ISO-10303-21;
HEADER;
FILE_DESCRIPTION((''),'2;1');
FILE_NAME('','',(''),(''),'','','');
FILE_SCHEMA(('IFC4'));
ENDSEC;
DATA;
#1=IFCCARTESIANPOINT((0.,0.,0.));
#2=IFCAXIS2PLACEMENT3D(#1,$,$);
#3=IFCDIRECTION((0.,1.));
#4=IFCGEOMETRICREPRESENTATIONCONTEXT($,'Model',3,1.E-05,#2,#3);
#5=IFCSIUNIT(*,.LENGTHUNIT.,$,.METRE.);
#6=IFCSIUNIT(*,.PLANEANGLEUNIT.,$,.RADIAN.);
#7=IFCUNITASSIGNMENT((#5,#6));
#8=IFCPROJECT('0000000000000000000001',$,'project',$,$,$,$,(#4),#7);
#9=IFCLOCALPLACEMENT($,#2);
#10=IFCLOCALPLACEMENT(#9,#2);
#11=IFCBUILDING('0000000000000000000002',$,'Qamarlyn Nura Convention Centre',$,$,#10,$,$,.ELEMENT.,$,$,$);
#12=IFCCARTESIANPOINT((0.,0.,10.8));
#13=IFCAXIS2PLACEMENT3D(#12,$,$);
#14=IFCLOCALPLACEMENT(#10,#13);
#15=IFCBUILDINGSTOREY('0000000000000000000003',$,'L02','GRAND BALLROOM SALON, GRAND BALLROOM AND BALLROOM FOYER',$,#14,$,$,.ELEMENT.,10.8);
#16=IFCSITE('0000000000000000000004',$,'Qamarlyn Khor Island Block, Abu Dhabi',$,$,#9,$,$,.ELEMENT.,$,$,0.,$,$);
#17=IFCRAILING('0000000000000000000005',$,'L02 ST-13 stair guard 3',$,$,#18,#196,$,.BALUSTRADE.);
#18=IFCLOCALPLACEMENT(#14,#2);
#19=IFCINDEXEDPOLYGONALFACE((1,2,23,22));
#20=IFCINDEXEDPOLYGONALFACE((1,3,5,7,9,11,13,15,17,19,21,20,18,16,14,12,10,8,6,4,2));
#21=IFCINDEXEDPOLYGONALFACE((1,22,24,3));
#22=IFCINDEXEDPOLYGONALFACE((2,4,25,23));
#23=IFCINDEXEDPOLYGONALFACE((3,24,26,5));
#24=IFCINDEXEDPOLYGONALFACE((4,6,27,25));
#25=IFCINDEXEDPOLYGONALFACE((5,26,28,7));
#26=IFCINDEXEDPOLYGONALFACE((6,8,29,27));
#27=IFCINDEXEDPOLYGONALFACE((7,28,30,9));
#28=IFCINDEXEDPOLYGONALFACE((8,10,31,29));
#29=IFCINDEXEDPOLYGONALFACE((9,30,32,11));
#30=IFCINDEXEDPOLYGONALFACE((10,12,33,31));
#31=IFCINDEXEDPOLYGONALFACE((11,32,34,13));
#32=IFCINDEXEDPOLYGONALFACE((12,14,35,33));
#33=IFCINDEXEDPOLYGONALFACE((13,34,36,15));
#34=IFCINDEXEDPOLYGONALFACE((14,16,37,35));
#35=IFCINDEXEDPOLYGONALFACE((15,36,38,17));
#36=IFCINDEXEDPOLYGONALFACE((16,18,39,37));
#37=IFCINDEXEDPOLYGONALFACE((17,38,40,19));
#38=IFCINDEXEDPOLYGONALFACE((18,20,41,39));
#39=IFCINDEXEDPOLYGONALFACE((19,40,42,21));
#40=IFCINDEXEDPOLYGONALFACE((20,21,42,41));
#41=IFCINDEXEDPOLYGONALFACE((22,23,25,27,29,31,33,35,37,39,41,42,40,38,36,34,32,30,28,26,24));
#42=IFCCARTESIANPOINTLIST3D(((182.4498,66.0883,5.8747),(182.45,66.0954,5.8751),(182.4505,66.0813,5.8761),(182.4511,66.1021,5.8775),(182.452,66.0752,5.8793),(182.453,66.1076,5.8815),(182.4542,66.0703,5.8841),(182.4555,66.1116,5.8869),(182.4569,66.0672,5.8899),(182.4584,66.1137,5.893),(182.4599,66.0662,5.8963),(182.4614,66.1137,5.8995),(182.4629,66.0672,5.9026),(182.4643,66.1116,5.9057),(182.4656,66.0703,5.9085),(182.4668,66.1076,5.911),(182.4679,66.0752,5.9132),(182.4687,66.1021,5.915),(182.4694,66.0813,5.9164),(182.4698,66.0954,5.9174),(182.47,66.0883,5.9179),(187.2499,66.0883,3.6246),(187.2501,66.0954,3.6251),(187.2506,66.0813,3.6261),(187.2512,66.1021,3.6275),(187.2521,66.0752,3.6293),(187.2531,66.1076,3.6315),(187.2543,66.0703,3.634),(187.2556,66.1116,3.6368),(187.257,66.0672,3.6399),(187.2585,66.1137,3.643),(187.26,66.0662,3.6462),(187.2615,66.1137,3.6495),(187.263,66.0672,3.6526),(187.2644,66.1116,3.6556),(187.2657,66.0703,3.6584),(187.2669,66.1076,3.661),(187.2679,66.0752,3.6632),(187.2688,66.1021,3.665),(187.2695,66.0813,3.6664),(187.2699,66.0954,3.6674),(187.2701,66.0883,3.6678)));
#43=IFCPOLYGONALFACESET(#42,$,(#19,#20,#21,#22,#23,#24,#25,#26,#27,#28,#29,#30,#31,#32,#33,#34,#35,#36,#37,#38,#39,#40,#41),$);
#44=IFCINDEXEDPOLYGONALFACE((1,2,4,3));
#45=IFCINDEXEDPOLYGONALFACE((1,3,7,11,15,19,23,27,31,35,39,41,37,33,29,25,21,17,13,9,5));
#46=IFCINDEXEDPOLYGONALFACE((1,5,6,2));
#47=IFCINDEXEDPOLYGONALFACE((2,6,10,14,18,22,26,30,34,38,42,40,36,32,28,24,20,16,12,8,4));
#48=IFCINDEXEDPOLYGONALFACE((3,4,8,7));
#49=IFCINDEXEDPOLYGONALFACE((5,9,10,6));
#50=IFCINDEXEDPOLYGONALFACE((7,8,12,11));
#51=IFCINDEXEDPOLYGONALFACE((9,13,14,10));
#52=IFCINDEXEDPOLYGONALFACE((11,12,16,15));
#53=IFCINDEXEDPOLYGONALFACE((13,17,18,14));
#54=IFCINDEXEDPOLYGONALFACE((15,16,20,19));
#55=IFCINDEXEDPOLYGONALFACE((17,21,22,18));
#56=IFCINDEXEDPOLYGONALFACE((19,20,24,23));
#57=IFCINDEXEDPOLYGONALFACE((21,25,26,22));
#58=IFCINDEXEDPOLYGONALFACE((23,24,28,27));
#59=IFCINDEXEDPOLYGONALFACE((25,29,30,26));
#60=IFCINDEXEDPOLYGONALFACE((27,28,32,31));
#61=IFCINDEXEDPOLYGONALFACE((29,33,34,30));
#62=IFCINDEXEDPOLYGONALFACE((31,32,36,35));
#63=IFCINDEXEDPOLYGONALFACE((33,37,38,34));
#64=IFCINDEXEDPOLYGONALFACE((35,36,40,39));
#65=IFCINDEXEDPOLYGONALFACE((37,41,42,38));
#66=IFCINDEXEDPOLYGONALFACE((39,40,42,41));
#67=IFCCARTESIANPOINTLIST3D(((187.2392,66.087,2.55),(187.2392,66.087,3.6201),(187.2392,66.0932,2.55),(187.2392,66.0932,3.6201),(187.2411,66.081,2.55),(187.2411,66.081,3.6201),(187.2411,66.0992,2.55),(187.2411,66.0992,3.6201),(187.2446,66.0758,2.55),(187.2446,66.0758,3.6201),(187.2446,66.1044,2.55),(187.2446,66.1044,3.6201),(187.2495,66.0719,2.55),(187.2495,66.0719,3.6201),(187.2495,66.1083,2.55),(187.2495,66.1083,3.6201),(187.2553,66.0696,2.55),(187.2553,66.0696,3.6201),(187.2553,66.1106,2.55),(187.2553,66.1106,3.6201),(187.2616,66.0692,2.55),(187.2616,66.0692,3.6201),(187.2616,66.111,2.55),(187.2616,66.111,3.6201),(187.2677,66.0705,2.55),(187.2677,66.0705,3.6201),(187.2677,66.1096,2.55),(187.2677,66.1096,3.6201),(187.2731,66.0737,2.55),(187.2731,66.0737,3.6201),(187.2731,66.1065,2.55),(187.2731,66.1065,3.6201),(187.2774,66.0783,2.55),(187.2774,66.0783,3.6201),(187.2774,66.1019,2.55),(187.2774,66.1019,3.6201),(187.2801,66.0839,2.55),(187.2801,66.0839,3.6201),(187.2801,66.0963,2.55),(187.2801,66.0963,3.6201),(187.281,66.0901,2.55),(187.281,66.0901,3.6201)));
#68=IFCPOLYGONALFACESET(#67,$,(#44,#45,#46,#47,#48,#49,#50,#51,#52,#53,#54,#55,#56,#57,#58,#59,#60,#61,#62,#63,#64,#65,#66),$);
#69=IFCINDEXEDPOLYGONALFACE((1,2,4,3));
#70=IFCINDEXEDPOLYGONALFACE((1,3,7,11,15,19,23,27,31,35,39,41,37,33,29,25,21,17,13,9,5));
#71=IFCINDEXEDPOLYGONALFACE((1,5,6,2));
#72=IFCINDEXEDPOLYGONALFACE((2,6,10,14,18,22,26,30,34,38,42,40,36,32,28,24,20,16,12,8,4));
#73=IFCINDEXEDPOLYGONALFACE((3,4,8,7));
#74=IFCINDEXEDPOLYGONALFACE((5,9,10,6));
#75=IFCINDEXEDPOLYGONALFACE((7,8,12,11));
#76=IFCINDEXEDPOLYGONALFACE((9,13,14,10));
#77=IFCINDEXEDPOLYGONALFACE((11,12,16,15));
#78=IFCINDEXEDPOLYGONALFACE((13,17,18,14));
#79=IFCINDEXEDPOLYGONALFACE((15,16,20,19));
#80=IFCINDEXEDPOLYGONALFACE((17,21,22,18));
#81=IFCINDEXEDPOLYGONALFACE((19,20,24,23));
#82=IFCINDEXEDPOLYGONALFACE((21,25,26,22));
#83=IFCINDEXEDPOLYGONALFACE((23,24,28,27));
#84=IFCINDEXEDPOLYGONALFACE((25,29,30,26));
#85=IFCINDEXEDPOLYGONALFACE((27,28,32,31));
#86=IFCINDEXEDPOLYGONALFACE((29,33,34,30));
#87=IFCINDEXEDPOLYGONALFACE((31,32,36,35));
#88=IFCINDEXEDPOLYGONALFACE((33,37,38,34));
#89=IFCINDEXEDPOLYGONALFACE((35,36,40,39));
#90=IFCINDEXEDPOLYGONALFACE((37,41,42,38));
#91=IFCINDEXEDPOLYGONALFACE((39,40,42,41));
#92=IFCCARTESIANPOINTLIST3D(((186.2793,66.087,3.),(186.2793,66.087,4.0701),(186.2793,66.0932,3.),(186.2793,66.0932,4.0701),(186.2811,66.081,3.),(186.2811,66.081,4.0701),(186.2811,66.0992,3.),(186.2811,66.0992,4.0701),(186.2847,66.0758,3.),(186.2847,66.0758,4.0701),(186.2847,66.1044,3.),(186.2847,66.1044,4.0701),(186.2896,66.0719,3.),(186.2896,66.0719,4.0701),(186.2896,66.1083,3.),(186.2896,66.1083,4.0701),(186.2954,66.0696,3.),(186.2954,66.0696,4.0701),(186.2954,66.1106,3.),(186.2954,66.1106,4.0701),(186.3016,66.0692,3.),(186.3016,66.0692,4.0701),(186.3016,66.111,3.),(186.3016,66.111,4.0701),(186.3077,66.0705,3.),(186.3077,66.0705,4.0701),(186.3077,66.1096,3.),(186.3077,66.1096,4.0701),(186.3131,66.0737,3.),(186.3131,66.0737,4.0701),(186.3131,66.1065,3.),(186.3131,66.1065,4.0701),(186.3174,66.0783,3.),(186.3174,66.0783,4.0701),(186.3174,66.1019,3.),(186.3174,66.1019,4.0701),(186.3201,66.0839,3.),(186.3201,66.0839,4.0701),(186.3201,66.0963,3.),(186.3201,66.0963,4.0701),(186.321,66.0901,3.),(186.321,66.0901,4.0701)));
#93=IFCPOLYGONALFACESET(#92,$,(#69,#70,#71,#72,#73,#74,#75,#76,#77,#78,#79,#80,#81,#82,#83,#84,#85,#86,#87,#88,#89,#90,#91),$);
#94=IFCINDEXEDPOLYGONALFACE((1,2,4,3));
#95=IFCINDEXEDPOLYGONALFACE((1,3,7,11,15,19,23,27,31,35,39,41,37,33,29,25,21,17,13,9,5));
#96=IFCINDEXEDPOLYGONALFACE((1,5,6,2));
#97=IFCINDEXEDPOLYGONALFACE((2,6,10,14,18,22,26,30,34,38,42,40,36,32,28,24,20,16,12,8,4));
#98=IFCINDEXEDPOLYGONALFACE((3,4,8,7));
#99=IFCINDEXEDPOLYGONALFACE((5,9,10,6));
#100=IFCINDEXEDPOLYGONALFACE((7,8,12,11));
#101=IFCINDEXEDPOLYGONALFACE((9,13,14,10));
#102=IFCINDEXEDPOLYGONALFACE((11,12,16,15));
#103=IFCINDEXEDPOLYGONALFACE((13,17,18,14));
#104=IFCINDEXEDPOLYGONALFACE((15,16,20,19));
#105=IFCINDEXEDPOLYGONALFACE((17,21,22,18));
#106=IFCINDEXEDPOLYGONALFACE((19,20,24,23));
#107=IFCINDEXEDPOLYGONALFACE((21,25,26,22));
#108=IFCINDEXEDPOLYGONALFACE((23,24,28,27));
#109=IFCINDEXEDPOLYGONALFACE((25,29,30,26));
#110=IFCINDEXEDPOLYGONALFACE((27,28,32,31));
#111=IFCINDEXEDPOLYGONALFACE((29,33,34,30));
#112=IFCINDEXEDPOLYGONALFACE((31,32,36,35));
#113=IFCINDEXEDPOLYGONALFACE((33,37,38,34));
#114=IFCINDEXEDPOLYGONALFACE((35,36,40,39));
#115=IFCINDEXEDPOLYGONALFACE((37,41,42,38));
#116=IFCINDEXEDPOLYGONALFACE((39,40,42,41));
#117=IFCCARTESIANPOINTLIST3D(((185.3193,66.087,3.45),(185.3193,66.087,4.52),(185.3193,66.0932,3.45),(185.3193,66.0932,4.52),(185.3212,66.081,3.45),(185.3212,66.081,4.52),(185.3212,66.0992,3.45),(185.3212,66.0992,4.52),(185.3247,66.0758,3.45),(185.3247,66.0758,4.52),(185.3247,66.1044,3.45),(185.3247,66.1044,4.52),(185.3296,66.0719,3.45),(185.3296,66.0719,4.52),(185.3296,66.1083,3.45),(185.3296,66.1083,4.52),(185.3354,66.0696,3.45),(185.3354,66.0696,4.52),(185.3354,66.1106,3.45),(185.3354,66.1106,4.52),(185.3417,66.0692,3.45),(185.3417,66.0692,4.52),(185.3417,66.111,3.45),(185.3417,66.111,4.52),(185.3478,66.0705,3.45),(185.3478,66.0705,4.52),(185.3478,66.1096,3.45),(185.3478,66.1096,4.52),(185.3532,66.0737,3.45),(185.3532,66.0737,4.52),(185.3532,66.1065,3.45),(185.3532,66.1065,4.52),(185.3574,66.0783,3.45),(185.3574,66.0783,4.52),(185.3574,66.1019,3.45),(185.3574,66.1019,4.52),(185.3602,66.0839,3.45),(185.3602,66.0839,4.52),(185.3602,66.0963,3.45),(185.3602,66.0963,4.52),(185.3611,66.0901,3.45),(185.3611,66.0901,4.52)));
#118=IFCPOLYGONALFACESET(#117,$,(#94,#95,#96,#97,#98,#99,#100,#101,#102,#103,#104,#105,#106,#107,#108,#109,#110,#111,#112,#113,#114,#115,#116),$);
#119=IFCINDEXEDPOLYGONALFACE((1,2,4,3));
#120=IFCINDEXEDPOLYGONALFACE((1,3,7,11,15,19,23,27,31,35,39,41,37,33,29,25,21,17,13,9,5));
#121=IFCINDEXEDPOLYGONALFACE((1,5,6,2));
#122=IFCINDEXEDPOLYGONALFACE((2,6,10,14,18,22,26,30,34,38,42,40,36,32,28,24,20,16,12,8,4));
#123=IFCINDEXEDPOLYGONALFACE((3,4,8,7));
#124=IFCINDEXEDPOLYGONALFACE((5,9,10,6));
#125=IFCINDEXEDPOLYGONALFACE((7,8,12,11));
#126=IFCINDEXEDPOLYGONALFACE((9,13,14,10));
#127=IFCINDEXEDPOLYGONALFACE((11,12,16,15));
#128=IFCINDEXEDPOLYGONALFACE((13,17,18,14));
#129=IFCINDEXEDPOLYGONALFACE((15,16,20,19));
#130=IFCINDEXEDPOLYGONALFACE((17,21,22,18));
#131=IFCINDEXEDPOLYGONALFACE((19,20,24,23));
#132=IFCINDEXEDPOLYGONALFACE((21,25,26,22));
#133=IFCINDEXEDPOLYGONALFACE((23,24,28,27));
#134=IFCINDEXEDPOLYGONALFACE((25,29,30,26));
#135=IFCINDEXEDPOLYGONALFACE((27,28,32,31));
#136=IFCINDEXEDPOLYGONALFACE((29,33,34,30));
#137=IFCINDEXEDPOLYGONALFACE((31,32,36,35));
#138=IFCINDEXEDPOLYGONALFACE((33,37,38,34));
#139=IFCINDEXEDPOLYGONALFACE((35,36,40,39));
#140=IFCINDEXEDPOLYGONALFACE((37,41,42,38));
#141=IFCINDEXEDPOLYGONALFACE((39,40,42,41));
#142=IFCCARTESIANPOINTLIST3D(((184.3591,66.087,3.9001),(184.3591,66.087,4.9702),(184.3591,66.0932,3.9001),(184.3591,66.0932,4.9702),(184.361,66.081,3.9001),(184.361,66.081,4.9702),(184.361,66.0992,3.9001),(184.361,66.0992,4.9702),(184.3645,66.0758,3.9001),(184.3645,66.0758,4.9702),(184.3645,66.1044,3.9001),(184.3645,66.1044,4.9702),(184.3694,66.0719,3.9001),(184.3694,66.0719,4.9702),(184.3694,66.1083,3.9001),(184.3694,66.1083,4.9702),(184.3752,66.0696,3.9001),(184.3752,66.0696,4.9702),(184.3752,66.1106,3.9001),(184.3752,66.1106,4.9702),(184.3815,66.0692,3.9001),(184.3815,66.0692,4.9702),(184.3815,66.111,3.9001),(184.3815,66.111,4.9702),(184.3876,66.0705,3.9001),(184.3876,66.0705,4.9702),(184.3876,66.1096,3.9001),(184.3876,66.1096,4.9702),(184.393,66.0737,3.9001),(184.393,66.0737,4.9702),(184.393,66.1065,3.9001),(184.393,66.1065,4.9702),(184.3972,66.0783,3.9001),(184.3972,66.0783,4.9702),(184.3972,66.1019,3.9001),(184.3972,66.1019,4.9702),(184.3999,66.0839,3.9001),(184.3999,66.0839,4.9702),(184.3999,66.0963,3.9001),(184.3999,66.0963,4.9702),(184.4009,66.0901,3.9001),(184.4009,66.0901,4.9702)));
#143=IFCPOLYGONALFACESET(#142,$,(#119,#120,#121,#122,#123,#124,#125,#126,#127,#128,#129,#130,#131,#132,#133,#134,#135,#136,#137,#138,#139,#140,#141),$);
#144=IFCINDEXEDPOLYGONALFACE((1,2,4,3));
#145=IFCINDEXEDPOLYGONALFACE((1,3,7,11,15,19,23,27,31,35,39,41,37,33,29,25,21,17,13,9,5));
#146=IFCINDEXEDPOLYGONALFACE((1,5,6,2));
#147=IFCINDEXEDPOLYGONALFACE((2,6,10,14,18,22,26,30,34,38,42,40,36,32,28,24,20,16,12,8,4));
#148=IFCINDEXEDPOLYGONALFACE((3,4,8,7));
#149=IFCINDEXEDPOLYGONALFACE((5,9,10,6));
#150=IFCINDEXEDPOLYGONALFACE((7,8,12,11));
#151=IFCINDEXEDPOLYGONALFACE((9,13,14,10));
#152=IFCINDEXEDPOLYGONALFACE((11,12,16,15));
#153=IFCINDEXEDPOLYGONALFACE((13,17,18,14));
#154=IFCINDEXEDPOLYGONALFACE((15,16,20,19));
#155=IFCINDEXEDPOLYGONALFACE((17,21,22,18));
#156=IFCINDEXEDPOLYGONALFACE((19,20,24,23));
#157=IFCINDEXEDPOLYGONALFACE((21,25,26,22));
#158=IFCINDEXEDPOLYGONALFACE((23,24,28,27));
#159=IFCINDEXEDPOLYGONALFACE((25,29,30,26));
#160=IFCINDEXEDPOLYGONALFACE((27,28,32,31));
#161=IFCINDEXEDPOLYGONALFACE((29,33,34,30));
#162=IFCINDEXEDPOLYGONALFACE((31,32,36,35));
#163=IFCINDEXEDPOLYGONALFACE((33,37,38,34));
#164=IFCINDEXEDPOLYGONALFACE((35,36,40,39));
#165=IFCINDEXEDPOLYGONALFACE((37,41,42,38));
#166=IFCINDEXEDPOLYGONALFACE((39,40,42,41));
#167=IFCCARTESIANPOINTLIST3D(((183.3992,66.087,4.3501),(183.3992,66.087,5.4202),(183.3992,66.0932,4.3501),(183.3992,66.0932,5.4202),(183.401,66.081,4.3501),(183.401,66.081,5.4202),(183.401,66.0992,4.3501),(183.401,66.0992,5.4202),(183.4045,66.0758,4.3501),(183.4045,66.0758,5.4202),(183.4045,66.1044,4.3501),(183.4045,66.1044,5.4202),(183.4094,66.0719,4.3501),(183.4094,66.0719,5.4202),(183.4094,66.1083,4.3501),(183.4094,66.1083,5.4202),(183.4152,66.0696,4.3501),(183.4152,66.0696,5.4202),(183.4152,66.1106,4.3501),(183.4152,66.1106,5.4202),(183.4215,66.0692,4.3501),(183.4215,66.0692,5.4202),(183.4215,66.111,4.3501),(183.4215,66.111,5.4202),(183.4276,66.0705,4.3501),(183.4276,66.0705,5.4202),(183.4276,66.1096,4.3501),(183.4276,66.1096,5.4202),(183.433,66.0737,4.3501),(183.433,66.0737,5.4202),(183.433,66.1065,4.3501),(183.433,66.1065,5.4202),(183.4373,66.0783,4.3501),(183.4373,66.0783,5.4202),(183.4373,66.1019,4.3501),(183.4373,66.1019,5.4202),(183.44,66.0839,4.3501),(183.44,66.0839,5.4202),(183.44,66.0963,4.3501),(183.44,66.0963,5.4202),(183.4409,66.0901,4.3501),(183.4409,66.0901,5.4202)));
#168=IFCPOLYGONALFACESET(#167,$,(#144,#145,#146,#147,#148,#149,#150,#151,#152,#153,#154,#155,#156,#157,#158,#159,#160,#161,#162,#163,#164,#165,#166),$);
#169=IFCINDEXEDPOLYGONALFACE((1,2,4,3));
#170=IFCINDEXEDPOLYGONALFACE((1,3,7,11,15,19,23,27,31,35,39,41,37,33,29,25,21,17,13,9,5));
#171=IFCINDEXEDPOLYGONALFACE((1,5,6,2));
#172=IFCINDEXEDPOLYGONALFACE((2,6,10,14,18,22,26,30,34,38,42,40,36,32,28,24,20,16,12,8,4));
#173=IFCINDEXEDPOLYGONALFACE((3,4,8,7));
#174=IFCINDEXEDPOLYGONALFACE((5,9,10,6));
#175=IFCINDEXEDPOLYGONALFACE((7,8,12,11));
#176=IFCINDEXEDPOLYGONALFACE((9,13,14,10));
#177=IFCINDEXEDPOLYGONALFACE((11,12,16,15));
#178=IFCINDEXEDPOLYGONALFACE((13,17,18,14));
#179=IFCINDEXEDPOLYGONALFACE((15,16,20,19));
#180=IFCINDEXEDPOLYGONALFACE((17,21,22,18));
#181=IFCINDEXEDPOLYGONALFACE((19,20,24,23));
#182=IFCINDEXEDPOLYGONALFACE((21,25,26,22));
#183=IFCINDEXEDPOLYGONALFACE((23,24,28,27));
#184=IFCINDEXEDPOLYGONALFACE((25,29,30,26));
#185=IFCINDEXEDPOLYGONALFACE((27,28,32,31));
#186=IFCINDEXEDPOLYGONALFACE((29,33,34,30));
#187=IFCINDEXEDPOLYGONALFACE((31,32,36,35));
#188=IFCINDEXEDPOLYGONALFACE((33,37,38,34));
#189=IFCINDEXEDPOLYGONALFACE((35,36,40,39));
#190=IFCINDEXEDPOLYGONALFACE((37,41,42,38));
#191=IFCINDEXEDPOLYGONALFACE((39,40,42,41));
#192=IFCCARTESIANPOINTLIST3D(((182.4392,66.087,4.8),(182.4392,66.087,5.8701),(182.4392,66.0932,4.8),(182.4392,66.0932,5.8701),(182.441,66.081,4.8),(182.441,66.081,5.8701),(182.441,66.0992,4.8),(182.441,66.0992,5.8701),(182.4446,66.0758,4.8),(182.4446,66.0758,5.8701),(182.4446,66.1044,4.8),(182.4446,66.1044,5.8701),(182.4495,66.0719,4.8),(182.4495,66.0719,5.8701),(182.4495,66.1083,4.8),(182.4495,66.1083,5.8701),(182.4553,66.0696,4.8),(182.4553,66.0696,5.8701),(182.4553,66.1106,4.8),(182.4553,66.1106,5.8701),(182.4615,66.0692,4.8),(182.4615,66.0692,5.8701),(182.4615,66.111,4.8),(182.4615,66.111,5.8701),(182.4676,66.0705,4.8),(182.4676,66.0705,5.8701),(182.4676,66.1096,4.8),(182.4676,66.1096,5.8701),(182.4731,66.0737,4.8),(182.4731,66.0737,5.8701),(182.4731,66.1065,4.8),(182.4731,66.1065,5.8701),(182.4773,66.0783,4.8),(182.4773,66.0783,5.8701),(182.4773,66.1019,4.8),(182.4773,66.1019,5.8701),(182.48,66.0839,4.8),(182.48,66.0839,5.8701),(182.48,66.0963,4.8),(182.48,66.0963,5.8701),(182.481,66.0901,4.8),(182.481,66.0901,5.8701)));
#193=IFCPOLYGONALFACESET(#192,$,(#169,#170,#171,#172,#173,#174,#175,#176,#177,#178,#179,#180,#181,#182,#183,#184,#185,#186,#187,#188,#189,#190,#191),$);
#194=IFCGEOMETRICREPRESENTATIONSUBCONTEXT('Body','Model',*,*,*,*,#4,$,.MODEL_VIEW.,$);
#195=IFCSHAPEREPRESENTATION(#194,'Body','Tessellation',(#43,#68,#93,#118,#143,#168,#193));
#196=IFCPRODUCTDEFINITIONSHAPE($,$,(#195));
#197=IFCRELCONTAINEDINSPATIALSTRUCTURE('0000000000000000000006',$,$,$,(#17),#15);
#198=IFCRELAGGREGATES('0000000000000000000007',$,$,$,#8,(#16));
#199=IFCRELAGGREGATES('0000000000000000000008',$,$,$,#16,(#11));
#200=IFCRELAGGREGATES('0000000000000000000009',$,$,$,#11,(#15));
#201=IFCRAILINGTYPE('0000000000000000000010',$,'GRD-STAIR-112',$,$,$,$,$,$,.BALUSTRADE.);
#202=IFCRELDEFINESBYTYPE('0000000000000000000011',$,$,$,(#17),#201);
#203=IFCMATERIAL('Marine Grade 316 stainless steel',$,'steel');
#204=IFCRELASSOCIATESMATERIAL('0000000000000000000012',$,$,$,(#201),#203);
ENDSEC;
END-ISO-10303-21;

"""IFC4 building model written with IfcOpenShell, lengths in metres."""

from ifc_helpers import new_model, si_unit, direction, frame, origin, origin_2d, place, context, subcontext, project, spatial, circle, extrude, material, type_object, element, save


model = new_model("IFC4")

# Units and contexts
model_context = context("Model", 3, precision=1e-05, world=origin(), true_north=direction((0.0, 1.0)))
body_context = subcontext(model_context, "Body", "Model", "MODEL_VIEW")
ifc_project = project(units=[si_unit("LENGTHUNIT", "METRE"), si_unit("PLANEANGLEUNIT", "RADIAN")], contexts=[model_context])

# Site, building, storey
site_placement = place(None, origin())
site = spatial("IfcSite", under=ifc_project, at=site_placement, Name="Qamarlyn Khor Island Block, Abu Dhabi", CompositionType="ELEMENT", RefElevation=0.0)
building_placement = place(site_placement, origin())
building = spatial("IfcBuilding", under=site, at=building_placement, Name="Qamarlyn Nura Convention Centre", CompositionType="ELEMENT")
storey_placement = place(building_placement, frame((0.0, 0.0, 10.8)))
storey = spatial("IfcBuildingStorey", under=building, at=storey_placement, Name="L02", Description="GRAND BALLROOM SALON, GRAND BALLROOM AND BALLROOM FOYER", CompositionType="ELEMENT", Elevation=10.8)

# Railing
ifc_material_1 = material(Name="Marine Grade 316 stainless steel", Category="steel")
railing_type_1 = type_object("IfcRailingType", Name="GRD-STAIR-112", PredefinedType="BALUSTRADE", material=ifc_material_1)
railing_1_placement = place(storey_placement, frame((187.26, 66.0901, 2.55)))
element("IfcRailing", 1, at=railing_1_placement, inside=storey, type_object=railing_type_1, Name="L02 ST-13 stair guard 3", PredefinedType="BALUSTRADE", context=body_context, shape_type="SweptSolid", body=[
    extrude(circle(Radius=0.0239, at=origin_2d()), frame((0.0, 0.0, 1.0962), z_axis=(-0.905461, 0.0, 0.42443), x_axis=(0.0, -1.0, 0.0)), (0.0, 0.0, 1.0), 5.3013),
    extrude(circle(Radius=0.021, at=origin_2d()), origin(), (0.0, 0.0, 1.0), 1.0701),
    extrude(circle(Radius=0.021, at=origin_2d()), frame((-0.96, 0.0, 0.45)), (0.0, 0.0, 1.0), 1.0701),
    extrude(circle(Radius=0.021, at=origin_2d()), frame((-1.9199, 0.0, 0.8999)), (0.0, 0.0, 1.0), 1.0701),
    extrude(circle(Radius=0.021, at=origin_2d()), frame((-2.8801, 0.0, 1.3501)), (0.0, 0.0, 1.0), 1.0701),
    extrude(circle(Radius=0.021, at=origin_2d()), frame((-3.8401, 0.0, 1.8)), (0.0, 0.0, 1.0), 1.0701),
    extrude(circle(Radius=0.021, at=origin_2d()), frame((-4.8, 0.0, 2.25)), (0.0, 0.0, 1.0), 1.0701),
])

save(model, "model.ifc")
